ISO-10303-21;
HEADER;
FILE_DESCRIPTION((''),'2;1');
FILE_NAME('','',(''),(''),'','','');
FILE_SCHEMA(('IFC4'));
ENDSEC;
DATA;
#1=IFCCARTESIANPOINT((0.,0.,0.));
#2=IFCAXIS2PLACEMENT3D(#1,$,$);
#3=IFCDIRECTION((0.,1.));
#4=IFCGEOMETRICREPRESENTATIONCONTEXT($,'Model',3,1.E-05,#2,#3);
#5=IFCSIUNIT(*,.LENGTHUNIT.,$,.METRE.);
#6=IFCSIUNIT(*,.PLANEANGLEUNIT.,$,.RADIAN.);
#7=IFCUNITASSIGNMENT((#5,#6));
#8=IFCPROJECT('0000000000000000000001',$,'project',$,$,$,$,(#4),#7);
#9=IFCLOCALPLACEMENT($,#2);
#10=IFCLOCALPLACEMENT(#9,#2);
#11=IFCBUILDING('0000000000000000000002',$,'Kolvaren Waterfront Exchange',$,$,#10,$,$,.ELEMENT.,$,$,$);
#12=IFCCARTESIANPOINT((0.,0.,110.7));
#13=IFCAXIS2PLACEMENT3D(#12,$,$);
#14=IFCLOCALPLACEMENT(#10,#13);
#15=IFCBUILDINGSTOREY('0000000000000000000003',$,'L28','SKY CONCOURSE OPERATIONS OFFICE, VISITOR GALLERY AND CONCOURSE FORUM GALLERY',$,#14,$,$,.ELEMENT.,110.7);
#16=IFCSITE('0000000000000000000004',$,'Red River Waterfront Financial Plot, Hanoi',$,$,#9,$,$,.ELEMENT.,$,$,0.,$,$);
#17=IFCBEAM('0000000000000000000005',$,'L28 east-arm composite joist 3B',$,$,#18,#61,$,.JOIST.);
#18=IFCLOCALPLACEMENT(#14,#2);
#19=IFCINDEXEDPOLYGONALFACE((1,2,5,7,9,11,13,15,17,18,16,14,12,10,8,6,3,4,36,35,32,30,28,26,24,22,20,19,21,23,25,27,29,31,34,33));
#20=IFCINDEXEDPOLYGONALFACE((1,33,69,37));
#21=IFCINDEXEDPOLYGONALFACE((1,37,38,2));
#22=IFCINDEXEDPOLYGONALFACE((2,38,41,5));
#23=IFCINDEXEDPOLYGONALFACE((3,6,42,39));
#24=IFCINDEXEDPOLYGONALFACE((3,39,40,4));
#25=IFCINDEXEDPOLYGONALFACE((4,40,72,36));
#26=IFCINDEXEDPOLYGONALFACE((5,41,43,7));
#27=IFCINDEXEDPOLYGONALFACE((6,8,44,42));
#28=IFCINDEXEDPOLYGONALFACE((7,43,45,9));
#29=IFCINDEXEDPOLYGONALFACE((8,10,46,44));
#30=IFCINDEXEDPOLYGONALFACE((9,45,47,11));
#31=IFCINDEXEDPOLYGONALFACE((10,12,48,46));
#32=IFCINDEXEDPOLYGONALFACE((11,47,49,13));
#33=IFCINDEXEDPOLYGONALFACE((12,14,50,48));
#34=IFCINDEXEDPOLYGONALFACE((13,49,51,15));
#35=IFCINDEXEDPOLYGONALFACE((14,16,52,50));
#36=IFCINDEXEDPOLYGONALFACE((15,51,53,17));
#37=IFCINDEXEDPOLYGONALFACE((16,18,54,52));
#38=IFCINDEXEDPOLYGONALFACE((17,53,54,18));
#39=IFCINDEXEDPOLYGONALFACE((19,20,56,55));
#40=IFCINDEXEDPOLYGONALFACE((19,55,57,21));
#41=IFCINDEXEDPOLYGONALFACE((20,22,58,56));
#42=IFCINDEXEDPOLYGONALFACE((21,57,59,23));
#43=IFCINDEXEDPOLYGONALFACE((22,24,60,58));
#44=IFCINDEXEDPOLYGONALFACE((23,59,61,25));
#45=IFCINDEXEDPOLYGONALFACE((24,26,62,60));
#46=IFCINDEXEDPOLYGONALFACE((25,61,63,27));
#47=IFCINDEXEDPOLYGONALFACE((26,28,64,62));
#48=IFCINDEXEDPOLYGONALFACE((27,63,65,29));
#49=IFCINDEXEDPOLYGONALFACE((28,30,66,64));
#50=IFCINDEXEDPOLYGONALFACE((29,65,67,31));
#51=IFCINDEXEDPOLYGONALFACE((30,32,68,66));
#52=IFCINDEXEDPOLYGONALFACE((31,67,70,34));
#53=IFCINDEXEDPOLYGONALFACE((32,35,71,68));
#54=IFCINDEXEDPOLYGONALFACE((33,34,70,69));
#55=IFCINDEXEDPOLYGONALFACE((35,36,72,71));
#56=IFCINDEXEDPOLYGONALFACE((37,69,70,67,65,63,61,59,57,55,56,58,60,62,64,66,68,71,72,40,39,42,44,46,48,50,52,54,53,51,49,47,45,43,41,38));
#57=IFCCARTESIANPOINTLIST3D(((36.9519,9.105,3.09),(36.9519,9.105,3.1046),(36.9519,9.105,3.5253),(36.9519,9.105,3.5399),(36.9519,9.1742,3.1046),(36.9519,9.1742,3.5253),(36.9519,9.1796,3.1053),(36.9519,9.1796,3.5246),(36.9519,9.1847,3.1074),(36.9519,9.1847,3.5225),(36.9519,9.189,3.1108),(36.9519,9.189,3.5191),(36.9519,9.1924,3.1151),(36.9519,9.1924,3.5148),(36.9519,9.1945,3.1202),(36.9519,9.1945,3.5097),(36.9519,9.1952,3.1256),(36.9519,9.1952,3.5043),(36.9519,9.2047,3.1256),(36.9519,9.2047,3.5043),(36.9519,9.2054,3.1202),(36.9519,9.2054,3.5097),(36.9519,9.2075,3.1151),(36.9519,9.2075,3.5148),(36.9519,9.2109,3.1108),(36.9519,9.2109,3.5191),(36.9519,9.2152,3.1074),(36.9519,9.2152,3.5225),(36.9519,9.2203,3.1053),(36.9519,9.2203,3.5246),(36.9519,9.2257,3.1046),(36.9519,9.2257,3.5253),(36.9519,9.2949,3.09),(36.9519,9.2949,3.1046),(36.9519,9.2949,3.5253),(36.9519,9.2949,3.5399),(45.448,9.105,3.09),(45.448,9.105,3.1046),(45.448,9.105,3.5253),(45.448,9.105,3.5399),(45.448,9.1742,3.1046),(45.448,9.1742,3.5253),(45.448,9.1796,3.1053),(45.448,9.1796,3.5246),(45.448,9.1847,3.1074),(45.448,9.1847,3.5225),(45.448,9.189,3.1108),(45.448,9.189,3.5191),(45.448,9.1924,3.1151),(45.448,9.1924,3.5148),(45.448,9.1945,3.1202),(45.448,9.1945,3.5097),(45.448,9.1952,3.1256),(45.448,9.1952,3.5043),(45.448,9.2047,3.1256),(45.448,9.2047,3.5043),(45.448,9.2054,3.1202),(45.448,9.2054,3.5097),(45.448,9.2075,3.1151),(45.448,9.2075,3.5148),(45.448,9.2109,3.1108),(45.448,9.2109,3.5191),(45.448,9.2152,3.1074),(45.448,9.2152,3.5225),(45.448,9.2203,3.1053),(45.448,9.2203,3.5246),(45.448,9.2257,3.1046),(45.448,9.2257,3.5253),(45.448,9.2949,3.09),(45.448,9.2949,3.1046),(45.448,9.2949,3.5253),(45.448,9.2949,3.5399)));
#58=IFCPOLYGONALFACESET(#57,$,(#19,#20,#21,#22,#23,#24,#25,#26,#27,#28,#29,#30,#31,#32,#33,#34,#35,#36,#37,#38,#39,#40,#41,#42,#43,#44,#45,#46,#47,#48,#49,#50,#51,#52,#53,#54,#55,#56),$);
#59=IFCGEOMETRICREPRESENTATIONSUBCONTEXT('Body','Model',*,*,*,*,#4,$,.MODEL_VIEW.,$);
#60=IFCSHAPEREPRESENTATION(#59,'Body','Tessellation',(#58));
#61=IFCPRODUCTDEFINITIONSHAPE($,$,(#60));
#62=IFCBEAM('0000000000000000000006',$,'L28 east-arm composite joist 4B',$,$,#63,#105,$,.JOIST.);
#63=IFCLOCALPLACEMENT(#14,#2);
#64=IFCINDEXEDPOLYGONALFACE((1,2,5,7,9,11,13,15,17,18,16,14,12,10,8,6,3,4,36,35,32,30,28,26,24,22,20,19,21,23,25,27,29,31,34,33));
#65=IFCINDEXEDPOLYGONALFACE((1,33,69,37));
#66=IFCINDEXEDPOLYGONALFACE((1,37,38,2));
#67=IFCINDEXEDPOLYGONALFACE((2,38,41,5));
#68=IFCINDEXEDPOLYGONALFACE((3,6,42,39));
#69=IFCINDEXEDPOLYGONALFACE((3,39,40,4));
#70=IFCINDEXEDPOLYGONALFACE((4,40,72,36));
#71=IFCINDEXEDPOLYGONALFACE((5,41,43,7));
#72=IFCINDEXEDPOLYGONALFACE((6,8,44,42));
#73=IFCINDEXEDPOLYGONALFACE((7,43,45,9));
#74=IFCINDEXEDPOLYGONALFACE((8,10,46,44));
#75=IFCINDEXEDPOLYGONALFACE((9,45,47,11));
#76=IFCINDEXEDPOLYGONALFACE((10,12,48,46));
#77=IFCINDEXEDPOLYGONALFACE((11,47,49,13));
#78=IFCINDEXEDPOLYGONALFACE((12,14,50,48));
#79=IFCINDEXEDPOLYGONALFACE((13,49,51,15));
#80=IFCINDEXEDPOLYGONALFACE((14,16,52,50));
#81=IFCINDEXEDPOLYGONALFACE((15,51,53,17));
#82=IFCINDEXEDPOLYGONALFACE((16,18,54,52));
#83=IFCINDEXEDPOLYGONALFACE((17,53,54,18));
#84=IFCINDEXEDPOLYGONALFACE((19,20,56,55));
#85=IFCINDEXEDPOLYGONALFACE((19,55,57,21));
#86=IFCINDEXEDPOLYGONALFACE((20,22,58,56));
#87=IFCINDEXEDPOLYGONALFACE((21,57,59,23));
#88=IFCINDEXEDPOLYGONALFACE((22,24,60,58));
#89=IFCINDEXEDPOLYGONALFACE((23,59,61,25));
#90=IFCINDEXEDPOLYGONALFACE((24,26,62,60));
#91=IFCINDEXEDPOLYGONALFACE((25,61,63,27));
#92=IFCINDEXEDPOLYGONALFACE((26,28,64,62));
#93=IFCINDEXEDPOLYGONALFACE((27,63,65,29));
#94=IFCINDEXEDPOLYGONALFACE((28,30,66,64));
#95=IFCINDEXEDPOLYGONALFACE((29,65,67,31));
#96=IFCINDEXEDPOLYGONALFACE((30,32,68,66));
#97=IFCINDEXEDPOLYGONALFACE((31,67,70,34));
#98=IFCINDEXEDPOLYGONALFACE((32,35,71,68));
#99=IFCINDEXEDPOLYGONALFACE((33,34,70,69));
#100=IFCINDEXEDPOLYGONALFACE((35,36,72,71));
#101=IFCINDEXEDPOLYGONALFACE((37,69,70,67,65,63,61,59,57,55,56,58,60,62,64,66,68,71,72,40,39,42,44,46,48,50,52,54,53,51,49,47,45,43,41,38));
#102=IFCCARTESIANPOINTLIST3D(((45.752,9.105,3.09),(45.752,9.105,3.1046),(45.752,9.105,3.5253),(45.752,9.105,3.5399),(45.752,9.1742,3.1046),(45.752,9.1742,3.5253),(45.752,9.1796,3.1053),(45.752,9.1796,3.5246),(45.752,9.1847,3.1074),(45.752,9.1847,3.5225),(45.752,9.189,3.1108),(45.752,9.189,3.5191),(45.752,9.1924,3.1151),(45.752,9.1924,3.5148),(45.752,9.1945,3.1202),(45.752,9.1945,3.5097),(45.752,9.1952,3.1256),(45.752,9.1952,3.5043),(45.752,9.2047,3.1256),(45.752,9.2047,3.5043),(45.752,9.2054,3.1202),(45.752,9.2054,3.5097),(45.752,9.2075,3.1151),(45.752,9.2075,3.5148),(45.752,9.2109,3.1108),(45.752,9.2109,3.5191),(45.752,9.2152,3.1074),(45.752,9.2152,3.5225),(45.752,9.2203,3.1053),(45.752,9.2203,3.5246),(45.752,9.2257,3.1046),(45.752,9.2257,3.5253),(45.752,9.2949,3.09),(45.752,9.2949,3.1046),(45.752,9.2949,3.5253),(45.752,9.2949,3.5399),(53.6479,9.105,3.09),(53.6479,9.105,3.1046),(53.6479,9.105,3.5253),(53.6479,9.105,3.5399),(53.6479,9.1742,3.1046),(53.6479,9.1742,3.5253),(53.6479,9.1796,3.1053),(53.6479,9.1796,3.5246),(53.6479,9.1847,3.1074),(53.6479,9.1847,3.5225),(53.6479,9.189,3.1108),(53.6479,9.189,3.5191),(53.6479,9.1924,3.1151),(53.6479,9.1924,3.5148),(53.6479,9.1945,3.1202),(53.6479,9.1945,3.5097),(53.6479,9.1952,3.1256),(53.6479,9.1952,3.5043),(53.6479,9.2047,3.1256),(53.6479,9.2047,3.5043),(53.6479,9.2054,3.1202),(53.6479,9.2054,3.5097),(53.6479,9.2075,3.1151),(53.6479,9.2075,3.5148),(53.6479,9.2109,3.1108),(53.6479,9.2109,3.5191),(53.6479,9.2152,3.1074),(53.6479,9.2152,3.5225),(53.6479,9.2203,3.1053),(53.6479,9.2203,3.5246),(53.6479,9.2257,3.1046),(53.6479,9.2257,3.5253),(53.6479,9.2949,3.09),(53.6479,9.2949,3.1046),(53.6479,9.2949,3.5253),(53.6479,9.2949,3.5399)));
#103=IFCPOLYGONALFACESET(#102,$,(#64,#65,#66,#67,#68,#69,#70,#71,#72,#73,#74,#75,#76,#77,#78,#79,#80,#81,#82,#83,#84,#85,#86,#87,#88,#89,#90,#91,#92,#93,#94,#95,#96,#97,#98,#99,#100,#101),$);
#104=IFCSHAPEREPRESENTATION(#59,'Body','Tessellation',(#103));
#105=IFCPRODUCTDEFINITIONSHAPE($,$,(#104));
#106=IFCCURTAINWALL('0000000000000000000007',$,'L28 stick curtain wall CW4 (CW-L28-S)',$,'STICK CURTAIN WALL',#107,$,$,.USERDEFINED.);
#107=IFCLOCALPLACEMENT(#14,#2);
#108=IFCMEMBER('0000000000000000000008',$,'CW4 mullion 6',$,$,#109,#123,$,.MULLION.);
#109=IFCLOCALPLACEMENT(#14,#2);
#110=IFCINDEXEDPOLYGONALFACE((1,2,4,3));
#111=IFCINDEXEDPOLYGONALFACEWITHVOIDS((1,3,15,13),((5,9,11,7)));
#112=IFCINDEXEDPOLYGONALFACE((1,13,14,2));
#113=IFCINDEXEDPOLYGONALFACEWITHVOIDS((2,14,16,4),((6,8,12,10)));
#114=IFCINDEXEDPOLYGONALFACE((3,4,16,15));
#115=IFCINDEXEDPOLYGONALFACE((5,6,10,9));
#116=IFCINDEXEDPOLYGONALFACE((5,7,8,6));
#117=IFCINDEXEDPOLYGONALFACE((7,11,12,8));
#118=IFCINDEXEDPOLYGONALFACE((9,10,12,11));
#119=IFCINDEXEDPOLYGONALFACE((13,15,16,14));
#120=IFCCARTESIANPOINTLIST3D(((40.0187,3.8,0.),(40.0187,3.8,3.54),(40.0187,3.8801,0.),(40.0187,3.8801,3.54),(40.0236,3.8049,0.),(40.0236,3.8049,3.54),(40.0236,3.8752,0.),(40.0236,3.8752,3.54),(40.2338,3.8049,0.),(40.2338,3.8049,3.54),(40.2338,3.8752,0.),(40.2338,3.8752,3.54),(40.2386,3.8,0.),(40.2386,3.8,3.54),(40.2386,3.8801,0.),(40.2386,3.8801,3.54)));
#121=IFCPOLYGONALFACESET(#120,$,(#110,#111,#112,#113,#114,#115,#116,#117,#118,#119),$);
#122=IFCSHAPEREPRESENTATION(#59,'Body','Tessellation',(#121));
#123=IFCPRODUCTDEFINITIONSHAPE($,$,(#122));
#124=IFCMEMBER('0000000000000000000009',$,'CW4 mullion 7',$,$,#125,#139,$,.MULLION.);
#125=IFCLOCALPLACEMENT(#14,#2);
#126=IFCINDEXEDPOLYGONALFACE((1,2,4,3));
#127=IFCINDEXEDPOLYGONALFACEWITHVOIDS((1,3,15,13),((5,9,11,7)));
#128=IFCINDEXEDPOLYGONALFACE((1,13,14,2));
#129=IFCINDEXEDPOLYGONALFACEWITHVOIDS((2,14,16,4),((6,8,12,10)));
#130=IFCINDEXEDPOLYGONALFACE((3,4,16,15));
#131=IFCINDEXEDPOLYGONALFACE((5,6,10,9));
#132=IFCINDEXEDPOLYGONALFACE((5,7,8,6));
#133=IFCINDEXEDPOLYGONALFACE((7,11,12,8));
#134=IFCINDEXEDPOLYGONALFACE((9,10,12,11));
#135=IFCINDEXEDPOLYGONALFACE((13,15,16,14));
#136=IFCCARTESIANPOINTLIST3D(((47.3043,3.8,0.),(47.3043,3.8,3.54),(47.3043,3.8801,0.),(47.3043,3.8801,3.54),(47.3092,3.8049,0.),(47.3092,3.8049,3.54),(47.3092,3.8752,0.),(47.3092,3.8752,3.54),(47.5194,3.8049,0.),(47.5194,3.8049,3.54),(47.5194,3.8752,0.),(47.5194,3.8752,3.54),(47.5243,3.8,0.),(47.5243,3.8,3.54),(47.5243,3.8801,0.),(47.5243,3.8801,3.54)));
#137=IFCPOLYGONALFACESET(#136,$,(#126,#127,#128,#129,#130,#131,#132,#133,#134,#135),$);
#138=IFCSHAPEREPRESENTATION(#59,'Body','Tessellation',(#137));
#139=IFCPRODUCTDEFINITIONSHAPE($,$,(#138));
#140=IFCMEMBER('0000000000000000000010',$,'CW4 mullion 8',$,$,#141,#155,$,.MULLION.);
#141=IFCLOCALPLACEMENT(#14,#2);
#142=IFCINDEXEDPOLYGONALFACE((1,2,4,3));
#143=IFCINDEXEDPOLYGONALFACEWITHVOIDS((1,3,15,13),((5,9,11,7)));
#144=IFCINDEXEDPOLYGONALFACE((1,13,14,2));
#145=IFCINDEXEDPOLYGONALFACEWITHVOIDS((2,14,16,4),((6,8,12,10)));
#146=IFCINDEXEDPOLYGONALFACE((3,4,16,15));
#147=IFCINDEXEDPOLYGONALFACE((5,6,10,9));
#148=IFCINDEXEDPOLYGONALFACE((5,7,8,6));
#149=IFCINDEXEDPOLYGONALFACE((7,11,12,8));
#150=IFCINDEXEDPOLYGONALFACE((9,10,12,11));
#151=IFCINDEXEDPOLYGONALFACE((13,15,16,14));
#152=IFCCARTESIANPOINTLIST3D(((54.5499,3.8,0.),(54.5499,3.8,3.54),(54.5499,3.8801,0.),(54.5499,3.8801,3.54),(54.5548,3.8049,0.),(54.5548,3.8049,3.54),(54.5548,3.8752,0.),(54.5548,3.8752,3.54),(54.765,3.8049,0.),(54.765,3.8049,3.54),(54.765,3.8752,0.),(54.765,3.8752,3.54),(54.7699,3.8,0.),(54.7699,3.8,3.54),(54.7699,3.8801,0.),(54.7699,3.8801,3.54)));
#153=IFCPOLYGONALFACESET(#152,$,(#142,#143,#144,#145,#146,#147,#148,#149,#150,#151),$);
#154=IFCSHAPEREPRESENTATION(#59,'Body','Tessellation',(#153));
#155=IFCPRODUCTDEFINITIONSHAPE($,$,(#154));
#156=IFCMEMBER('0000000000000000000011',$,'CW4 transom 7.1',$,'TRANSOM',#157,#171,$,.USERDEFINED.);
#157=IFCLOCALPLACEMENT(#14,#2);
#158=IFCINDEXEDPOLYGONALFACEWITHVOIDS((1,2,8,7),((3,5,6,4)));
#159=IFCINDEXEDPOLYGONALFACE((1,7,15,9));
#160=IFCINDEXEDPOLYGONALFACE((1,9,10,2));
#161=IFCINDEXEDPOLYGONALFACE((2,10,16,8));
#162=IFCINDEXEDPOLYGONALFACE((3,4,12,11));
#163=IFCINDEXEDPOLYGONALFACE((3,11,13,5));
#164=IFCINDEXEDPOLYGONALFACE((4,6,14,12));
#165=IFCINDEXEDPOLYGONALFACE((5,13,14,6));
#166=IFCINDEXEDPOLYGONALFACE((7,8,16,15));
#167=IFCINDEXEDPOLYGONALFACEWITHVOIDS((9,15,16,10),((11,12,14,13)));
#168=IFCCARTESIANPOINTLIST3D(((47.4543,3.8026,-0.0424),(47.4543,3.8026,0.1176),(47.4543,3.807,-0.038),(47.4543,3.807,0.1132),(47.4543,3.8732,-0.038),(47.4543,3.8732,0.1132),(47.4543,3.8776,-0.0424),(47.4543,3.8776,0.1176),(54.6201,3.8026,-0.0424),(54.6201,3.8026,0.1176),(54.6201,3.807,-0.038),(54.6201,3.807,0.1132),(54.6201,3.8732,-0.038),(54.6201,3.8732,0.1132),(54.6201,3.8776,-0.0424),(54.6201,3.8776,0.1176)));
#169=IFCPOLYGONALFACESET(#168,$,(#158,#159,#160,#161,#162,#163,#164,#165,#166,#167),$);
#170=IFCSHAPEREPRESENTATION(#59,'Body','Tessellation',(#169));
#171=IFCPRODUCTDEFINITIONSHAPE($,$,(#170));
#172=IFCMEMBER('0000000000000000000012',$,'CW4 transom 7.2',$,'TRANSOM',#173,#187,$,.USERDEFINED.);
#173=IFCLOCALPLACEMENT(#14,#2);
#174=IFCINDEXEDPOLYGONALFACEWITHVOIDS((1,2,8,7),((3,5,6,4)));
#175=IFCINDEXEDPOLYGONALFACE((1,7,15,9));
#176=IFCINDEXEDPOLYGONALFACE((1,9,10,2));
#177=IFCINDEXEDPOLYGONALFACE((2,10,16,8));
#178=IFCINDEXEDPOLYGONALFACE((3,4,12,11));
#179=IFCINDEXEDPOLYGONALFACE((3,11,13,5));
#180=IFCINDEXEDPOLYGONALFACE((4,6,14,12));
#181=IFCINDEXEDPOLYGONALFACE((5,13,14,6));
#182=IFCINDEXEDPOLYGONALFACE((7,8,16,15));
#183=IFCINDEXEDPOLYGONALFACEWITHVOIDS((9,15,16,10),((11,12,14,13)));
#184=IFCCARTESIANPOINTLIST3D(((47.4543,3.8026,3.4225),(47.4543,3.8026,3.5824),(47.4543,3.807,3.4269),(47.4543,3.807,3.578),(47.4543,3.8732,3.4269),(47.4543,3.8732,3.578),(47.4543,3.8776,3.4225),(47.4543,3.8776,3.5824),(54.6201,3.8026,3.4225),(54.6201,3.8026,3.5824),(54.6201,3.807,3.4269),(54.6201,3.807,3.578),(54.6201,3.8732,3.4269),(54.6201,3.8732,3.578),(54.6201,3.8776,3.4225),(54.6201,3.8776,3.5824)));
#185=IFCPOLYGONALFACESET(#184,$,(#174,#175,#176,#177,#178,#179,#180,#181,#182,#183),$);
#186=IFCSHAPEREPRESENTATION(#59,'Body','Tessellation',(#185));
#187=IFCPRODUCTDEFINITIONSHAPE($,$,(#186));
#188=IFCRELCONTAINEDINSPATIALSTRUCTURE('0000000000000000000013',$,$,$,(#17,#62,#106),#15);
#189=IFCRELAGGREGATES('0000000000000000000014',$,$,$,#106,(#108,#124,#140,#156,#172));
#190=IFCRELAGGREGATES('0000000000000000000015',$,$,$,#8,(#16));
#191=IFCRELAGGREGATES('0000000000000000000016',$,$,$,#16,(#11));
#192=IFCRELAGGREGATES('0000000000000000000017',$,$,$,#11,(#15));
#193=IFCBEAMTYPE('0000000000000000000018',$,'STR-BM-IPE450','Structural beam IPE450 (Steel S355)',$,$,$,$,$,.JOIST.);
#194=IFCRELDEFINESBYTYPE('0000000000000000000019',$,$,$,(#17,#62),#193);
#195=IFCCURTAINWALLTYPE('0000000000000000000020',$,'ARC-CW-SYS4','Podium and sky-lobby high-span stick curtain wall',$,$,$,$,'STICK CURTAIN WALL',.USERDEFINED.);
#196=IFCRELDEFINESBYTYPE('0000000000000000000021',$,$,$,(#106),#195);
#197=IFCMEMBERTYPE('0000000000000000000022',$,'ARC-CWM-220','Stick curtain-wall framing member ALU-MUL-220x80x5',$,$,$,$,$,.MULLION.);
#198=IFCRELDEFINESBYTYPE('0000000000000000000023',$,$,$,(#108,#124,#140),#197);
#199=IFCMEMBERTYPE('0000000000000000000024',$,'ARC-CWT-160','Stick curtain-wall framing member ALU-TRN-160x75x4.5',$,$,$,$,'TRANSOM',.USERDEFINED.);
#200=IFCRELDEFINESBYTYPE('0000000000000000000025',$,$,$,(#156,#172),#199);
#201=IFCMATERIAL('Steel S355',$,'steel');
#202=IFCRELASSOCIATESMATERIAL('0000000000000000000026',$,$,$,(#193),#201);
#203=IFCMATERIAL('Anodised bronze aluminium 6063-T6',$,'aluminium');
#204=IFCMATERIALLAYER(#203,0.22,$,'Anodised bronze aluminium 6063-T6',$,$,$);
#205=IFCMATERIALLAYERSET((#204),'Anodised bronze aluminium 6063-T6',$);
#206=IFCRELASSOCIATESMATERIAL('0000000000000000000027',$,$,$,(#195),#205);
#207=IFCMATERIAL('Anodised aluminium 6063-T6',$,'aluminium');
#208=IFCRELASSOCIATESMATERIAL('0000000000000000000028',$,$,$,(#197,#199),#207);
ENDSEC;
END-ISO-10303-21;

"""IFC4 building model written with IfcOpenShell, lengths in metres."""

from ifc_helpers import new_model, si_unit, direction, frame, origin, origin_with_axes, origin_2d, place, context, subcontext, project, spatial, hollow_rectangle, i_section, extrude, source, transform, mapped, material, layer, layer_set, material_profile, profile_set, type_object, element, aggregate, save


model = new_model("IFC4")

# Units and contexts
model_context = context("Model", 3, precision=1e-05, world=origin(), true_north=direction((0.0, 1.0)))
body_context = subcontext(model_context, "Body", "Model", "MODEL_VIEW")
ifc_project = project(units=[si_unit("LENGTHUNIT", "METRE"), si_unit("PLANEANGLEUNIT", "RADIAN")], contexts=[model_context])

# Site, building, storey
site_placement = place(None, origin())
site = spatial("IfcSite", under=ifc_project, at=site_placement, Name="Red River Waterfront Financial Plot, Hanoi", CompositionType="ELEMENT", RefElevation=0.0)
building_placement = place(site_placement, origin())
building = spatial("IfcBuilding", under=site, at=building_placement, Name="Kolvaren Waterfront Exchange", CompositionType="ELEMENT")
storey_placement = place(building_placement, frame((0.0, 0.0, 110.7)))
storey = spatial("IfcBuildingStorey", under=building, at=storey_placement, Name="L28", Description="SKY CONCOURSE OPERATIONS OFFICE, VISITOR GALLERY AND CONCOURSE FORUM GALLERY", CompositionType="ELEMENT", Elevation=110.7)

# Beams
ifc_material_1 = material(Name="Steel S355", Category="steel")
ifc_material_profile_1 = material_profile(ifc_material_1, i_section(OverallWidth=0.1899, OverallDepth=0.45, WebThickness=0.0095, FlangeThickness=0.0146, FilletRadius=0.021, at=origin_2d()), Name="IPE450")
ifc_profile_set_1 = profile_set([ifc_material_profile_1], Name="Steel S355")
beam_type_1 = type_object("IfcBeamType", Name="STR-BM-IPE450", Description="Structural beam IPE450 (Steel S355)", PredefinedType="JOIST", material=ifc_profile_set_1)
beam_1_placement = place(storey_placement, frame((36.9519, 9.2, 3.3149), z_axis=(1.0, 0.0, 0.0), x_axis=(0.0, 1.0, 0.0)))
element("IfcBeam", 1, at=beam_1_placement, inside=storey, type_object=beam_type_1, Name="L28 east-arm composite joist 3B", PredefinedType="JOIST", context=body_context, shape_type="SweptSolid", body=[
    extrude(i_section(OverallWidth=0.1899, OverallDepth=0.45, WebThickness=0.0095, FlangeThickness=0.0146, FilletRadius=0.021, at=origin_2d()), origin(), (0.0, 0.0, 1.0), 8.4961),
])
beam_2_placement = place(storey_placement, frame((45.752, 9.2, 3.3149), z_axis=(1.0, 0.0, 0.0), x_axis=(0.0, 1.0, 0.0)))
element("IfcBeam", 2, at=beam_2_placement, inside=storey, type_object=beam_type_1, Name="L28 east-arm composite joist 4B", PredefinedType="JOIST", context=body_context, shape_type="SweptSolid", body=[
    extrude(i_section(OverallWidth=0.1899, OverallDepth=0.45, WebThickness=0.0095, FlangeThickness=0.0146, FilletRadius=0.021, at=origin_2d()), origin(), (0.0, 0.0, 1.0), 7.896),
])

# Curtain wall, members
ifc_material_2 = material(Name="Anodised bronze aluminium 6063-T6", Category="aluminium")
ifc_layer_1 = layer(ifc_material_2, 0.22, Name="Anodised bronze aluminium 6063-T6")
ifc_layer_set_1 = layer_set([ifc_layer_1], Name="Anodised bronze aluminium 6063-T6")
curtain_wall_type = type_object("IfcCurtainWallType", Name="ARC-CW-SYS4", Description="Podium and sky-lobby high-span stick curtain wall", ElementType="STICK CURTAIN WALL", PredefinedType="USERDEFINED", material=ifc_layer_set_1)
curtain_wall_placement = place(storey_placement, origin())
curtain_wall = element("IfcCurtainWall", 3, at=curtain_wall_placement, inside=storey, type_object=curtain_wall_type, Name="L28 stick curtain wall CW4 (CW-L28-S)", ObjectType="STICK CURTAIN WALL", PredefinedType="USERDEFINED")
ifc_material_3 = material(Name="Anodised aluminium 6063-T6", Category="aluminium")
ifc_material_profile_2 = material_profile(ifc_material_3, hollow_rectangle(XDim=0.0801, YDim=0.22, WallThickness=0.0049, at=origin_2d()), Name="ALU-MUL-220x80x5")
ifc_profile_set_2 = profile_set([ifc_material_profile_2], Name="Anodised aluminium 6063-T6")
member_type_1 = type_object("IfcMemberType", Name="ARC-CWM-220", Description="Stick curtain-wall framing member ALU-MUL-220x80x5", PredefinedType="MULLION", material=ifc_profile_set_2)
shared_shape_1 = source(origin_with_axes(), body_context, "Body", "SweptSolid", [
    extrude(hollow_rectangle(XDim=0.0801, YDim=0.22, WallThickness=0.0049, at=origin_2d()), origin(), (0.0, 0.0, 1.0), 3.54),
])
member_1_placement = place(storey_placement, frame((40.1287, 3.8401, 0.0), z_axis=(0.0, 0.0, 1.0), x_axis=(0.0, 1.0, 0.0)))
member_1 = element("IfcMember", 4, at=member_1_placement, type_object=member_type_1, Name="CW4 mullion 6", PredefinedType="MULLION", context=body_context, shape_type="MappedRepresentation", body=[
    mapped(shared_shape_1, transform((0.0, 0.0, 0.0), x_axis=(1.0, 0.0, 0.0), y_axis=(0.0, 1.0, 0.0), z_axis=(0.0, 0.0, 1.0), scale=1.0)),
])
member_2_placement = place(storey_placement, frame((47.4143, 3.8401, 0.0), z_axis=(0.0, 0.0, 1.0), x_axis=(0.0, 1.0, 0.0)))
member_2 = element("IfcMember", 5, at=member_2_placement, type_object=member_type_1, Name="CW4 mullion 7", PredefinedType="MULLION", context=body_context, shape_type="MappedRepresentation", body=[
    mapped(shared_shape_1, transform((0.0, 0.0, 0.0), x_axis=(1.0, 0.0, 0.0), y_axis=(0.0, 1.0, 0.0), z_axis=(0.0, 0.0, 1.0), scale=1.0)),
])
member_3_placement = place(storey_placement, frame((54.6599, 3.8401, 0.0), z_axis=(0.0, 0.0, 1.0), x_axis=(0.0, 1.0, 0.0)))
member_3 = element("IfcMember", 6, at=member_3_placement, type_object=member_type_1, Name="CW4 mullion 8", PredefinedType="MULLION", context=body_context, shape_type="MappedRepresentation", body=[
    mapped(shared_shape_1, transform((0.0, 0.0, 0.0), x_axis=(1.0, 0.0, 0.0), y_axis=(0.0, 1.0, 0.0), z_axis=(0.0, 0.0, 1.0), scale=1.0)),
])
ifc_material_profile_3 = material_profile(ifc_material_3, hollow_rectangle(XDim=0.075, YDim=0.1599, WallThickness=0.0044, at=origin_2d()), Name="ALU-TRN-160x75x4.5")
ifc_profile_set_3 = profile_set([ifc_material_profile_3], Name="Anodised aluminium 6063-T6")
member_type_2 = type_object("IfcMemberType", Name="ARC-CWT-160", Description="Stick curtain-wall framing member ALU-TRN-160x75x4.5", ElementType="TRANSOM", PredefinedType="USERDEFINED", material=ifc_profile_set_3)
shared_shape_2 = source(origin_with_axes(), body_context, "Body", "SweptSolid", [
    extrude(hollow_rectangle(XDim=0.075, YDim=0.1599, WallThickness=0.0044, at=origin_2d()), origin(), (0.0, 0.0, 1.0), 7.1658),
])
member_4_placement = place(storey_placement, frame((47.4543, 3.8401, 0.0376), z_axis=(1.0, 0.0, 0.0), x_axis=(0.0, 1.0, 0.0)))
member_4 = element("IfcMember", 7, at=member_4_placement, type_object=member_type_2, Name="CW4 transom 7.1", ObjectType="TRANSOM", PredefinedType="USERDEFINED", context=body_context, shape_type="MappedRepresentation", body=[
    mapped(shared_shape_2, transform((0.0, 0.0, 0.0), x_axis=(1.0, 0.0, 0.0), y_axis=(0.0, 1.0, 0.0), z_axis=(0.0, 0.0, 1.0), scale=1.0)),
])
member_5_placement = place(storey_placement, frame((47.4543, 3.8401, 3.5024), z_axis=(1.0, 0.0, 0.0), x_axis=(0.0, 1.0, 0.0)))
member_5 = element("IfcMember", 8, at=member_5_placement, type_object=member_type_2, Name="CW4 transom 7.2", ObjectType="TRANSOM", PredefinedType="USERDEFINED", context=body_context, shape_type="MappedRepresentation", body=[
    mapped(shared_shape_2, transform((0.0, 0.0, 0.0), x_axis=(1.0, 0.0, 0.0), y_axis=(0.0, 1.0, 0.0), z_axis=(0.0, 0.0, 1.0), scale=1.0)),
])
aggregate(curtain_wall, [member_1, member_2, member_3, member_4, member_5])

save(model, "model.ifc")
